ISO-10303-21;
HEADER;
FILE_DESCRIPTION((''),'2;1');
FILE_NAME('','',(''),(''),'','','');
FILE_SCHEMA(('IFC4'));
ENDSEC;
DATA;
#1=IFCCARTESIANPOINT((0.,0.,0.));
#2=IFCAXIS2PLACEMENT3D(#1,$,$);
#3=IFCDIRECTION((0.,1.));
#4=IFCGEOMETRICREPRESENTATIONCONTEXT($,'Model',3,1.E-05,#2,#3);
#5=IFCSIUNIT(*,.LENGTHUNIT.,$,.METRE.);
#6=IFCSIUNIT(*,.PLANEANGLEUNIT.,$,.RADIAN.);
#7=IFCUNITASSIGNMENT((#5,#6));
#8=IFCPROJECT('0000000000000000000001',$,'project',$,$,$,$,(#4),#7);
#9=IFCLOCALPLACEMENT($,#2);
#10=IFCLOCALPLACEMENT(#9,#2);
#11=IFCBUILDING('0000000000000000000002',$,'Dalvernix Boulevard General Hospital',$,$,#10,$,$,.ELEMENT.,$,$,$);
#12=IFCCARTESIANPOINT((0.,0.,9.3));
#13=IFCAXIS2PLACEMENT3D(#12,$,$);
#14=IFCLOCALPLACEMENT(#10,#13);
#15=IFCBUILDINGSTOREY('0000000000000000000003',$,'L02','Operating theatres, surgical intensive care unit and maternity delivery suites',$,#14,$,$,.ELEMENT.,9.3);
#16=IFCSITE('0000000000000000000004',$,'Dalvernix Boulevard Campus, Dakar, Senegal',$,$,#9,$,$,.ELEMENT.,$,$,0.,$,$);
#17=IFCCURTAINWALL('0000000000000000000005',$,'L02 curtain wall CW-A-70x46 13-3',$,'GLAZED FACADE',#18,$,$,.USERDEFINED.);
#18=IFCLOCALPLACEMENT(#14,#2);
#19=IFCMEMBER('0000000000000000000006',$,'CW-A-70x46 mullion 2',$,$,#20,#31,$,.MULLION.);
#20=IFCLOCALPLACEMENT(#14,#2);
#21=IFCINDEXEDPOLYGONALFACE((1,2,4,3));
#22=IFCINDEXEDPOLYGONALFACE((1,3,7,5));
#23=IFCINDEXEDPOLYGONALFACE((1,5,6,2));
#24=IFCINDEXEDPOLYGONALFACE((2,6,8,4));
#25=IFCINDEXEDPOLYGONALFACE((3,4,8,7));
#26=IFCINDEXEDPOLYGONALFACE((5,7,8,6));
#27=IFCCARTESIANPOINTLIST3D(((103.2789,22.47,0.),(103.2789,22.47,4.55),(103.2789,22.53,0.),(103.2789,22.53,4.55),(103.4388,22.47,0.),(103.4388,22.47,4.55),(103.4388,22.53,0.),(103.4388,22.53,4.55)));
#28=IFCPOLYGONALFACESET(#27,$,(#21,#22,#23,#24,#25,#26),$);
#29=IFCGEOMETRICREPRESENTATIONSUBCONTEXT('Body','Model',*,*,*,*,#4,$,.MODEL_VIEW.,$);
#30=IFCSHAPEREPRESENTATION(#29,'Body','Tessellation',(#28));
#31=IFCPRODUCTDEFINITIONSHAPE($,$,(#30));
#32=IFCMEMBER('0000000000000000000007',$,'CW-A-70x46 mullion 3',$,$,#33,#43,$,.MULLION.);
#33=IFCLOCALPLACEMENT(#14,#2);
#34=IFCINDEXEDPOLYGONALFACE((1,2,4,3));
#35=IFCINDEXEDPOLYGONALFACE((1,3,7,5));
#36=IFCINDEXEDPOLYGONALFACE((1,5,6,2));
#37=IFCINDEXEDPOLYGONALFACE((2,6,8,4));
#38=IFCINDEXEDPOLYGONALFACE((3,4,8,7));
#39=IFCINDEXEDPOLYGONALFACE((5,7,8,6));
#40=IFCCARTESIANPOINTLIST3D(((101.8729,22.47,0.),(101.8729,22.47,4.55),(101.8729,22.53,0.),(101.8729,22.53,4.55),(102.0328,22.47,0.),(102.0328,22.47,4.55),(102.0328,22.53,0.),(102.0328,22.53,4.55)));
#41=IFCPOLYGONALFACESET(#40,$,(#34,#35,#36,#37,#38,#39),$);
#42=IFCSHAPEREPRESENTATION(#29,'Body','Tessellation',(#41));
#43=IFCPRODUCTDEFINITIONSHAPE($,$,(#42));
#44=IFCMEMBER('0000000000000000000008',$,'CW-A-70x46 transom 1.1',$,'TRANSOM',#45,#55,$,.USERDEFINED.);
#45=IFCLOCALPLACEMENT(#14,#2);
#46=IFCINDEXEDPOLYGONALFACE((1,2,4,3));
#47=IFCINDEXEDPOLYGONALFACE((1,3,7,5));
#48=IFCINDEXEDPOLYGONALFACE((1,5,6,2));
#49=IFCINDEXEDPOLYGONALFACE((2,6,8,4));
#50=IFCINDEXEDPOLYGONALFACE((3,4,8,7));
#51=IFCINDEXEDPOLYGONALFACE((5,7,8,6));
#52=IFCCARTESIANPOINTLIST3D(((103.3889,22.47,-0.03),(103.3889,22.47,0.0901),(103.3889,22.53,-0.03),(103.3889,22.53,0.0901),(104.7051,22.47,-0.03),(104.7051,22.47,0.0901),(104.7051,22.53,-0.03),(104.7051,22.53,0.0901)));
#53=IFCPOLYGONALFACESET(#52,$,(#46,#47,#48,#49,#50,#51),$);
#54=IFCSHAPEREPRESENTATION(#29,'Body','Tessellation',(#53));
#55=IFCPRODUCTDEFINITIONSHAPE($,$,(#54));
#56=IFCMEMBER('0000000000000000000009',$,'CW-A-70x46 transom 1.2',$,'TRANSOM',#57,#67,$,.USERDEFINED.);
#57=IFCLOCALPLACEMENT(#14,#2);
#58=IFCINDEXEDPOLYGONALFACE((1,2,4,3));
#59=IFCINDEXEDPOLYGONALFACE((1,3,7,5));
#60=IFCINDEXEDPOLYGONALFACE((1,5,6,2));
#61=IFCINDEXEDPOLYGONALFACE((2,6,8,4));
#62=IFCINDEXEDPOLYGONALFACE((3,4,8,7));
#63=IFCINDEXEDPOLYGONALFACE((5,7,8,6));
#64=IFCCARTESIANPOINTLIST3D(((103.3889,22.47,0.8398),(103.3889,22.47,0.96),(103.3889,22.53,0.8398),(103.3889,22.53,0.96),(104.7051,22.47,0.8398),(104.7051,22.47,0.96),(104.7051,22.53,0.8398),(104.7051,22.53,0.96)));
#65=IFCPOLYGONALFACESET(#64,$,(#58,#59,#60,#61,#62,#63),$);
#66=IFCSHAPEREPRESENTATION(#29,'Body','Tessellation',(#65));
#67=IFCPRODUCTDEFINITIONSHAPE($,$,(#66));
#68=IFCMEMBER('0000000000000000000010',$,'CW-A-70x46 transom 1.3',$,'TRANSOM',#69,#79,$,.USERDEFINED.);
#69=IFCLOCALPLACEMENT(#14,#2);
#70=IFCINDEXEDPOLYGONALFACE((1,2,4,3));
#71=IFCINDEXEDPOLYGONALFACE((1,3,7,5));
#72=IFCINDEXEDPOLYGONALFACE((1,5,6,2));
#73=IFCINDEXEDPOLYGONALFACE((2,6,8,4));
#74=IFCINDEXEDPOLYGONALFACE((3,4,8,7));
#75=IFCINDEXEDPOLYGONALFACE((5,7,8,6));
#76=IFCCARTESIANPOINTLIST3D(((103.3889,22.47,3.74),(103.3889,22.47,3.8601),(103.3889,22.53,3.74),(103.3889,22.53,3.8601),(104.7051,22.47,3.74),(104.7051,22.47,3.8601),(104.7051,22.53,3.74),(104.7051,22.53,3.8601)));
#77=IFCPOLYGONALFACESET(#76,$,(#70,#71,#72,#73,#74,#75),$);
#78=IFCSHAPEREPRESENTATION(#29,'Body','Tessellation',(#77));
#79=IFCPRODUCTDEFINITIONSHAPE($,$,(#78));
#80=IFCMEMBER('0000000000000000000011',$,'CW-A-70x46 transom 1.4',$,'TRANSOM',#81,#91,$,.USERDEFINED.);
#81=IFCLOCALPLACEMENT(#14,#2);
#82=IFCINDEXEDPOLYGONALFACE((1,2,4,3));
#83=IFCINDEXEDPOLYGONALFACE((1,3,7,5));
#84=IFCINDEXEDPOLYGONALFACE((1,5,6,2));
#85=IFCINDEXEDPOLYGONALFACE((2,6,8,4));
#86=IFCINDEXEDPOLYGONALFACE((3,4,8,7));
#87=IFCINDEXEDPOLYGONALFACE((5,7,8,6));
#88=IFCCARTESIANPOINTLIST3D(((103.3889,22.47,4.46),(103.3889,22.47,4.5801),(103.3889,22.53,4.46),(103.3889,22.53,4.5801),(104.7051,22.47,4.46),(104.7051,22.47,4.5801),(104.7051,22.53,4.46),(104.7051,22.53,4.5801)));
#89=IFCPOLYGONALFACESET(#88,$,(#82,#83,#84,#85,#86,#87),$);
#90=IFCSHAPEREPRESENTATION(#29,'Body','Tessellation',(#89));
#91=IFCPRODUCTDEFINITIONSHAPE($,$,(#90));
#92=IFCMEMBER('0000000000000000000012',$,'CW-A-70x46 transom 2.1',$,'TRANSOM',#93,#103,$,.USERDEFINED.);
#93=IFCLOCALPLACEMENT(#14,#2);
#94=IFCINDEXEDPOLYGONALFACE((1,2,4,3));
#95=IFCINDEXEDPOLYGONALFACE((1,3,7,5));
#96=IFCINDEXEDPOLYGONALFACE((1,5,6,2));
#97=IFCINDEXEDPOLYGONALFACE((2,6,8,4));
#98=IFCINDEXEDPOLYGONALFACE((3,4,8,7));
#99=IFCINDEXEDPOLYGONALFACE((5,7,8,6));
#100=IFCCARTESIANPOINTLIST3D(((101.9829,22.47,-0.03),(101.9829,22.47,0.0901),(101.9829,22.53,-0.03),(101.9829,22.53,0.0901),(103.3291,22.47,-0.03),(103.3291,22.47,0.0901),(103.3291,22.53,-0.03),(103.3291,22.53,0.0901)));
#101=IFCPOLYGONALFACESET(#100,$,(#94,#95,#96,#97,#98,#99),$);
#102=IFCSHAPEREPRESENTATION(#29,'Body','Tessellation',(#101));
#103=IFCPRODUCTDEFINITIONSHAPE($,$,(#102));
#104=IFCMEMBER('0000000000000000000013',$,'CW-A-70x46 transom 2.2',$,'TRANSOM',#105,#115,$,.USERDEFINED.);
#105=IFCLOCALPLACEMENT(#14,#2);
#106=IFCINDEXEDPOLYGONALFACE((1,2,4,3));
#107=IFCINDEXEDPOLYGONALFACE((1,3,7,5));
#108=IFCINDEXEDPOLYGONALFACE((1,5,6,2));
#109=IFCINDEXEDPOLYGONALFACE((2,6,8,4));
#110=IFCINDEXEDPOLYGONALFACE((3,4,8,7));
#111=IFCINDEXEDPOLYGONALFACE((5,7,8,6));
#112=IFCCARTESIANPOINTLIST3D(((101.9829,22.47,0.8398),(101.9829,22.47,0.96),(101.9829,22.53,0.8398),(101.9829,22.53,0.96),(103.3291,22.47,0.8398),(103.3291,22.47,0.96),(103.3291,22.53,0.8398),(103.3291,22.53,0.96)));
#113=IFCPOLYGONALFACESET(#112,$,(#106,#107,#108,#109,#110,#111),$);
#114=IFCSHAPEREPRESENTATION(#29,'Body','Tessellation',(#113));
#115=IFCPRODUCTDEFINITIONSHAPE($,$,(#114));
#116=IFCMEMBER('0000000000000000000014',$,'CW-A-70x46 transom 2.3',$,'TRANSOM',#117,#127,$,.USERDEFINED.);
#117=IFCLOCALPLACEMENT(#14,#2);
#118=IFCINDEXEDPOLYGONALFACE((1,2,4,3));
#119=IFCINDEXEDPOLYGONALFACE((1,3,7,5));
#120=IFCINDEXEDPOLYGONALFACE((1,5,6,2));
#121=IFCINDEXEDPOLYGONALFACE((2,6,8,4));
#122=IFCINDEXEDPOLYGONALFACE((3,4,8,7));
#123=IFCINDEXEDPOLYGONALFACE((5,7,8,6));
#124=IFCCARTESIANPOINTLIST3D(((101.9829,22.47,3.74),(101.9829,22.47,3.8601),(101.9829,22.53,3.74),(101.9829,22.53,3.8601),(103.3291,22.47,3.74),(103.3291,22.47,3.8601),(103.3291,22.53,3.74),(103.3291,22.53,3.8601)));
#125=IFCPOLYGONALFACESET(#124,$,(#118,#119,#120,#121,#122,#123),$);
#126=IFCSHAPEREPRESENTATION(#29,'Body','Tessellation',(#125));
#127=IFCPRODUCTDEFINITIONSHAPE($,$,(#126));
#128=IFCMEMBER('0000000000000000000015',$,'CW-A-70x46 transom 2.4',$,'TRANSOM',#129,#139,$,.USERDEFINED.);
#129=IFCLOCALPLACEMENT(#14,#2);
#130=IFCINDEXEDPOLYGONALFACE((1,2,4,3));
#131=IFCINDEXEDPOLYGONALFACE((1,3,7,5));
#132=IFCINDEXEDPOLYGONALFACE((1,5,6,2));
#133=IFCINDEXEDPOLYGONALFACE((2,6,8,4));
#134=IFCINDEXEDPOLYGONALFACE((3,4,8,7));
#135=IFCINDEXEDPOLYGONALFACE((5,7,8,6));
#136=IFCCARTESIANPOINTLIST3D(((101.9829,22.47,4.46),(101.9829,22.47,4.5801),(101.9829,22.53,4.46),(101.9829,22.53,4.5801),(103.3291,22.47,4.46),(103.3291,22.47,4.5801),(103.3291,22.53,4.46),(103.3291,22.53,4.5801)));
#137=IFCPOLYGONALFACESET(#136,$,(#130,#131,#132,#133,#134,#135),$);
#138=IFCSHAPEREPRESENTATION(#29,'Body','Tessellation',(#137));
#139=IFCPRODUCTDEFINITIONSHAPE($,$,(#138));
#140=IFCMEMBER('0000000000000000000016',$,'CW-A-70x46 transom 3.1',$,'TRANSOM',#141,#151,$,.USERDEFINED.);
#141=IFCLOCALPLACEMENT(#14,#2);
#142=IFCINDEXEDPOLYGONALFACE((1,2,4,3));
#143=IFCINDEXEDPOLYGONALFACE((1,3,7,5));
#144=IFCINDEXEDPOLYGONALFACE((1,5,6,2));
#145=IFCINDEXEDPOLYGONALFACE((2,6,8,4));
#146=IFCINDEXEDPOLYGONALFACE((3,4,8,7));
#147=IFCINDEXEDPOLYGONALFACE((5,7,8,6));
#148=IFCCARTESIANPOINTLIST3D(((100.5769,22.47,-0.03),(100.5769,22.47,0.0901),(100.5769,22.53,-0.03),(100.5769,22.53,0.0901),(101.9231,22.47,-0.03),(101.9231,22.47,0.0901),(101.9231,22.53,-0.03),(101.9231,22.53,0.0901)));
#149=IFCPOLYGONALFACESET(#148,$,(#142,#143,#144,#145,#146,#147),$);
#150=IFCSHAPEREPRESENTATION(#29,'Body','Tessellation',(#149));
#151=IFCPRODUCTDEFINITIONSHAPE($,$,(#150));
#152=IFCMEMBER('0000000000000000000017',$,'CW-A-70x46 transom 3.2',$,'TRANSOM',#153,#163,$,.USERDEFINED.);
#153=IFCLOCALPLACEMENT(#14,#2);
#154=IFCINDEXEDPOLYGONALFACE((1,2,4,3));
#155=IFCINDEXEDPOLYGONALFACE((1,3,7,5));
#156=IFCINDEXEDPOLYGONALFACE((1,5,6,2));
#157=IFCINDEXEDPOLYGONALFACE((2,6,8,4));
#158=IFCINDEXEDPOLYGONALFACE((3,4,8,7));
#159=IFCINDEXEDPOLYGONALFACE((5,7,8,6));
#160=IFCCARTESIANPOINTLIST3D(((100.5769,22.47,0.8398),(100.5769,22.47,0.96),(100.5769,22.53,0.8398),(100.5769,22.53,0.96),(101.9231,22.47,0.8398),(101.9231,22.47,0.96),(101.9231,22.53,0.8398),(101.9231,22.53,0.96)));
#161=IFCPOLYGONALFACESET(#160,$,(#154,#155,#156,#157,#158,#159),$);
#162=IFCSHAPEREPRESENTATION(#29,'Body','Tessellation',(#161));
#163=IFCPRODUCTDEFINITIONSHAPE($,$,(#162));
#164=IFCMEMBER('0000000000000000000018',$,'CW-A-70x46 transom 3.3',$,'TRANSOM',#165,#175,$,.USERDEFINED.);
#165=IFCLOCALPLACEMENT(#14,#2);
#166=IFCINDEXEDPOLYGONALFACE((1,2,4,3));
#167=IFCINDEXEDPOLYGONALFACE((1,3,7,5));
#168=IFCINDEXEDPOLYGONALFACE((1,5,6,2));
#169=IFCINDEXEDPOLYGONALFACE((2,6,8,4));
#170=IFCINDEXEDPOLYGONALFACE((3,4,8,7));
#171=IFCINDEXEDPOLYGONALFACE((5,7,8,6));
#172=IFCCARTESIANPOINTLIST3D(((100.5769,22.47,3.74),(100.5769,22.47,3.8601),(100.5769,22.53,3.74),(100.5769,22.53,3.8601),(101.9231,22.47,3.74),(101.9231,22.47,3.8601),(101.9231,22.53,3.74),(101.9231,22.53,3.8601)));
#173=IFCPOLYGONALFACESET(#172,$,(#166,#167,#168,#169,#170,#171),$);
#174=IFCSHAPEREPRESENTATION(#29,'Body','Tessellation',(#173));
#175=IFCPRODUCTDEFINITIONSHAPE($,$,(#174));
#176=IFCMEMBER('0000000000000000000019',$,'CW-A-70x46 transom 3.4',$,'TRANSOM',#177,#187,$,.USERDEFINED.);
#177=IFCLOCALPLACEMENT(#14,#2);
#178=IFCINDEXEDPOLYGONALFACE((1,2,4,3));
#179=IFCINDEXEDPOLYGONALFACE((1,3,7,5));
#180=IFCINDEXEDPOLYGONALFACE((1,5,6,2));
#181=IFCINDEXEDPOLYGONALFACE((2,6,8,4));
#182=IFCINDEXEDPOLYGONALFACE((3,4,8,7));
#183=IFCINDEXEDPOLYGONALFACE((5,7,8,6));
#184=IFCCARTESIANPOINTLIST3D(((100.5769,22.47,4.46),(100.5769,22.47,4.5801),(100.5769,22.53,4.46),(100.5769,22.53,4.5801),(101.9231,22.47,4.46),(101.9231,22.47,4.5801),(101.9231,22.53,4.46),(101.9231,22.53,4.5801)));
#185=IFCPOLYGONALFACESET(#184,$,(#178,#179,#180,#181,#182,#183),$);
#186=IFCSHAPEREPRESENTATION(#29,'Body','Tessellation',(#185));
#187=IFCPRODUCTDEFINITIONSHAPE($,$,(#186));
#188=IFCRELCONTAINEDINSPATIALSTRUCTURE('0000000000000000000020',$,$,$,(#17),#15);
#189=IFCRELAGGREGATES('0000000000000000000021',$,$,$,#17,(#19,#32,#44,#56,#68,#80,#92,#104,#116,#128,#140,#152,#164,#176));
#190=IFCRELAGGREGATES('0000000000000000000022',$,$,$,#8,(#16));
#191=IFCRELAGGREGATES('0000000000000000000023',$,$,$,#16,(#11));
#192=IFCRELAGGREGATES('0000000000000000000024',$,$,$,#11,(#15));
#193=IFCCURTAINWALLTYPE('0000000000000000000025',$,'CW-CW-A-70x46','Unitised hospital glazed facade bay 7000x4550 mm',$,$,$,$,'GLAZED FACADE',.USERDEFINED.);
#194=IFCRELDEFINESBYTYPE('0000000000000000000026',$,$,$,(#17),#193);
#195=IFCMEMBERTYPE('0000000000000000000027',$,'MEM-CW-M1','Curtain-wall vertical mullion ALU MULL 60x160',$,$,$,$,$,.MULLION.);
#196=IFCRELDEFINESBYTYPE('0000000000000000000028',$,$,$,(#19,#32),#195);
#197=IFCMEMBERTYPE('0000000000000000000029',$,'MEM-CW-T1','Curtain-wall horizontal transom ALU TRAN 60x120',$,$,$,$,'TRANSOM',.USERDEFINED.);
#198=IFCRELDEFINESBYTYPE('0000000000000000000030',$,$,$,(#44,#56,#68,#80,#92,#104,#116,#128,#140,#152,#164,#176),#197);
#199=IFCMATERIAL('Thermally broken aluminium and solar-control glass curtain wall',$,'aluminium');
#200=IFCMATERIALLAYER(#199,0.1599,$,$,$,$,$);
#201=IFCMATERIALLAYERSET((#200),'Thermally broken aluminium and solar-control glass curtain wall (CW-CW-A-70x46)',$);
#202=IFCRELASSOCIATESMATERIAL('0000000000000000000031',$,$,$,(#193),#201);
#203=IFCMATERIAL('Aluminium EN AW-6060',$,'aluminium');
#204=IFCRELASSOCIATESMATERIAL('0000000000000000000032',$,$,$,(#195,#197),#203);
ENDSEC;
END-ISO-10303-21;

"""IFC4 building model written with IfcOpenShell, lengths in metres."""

from ifc_helpers import new_model, si_unit, direction, frame, origin, origin_2d, place, context, subcontext, project, spatial, rectangle, extrude, material, layer, layer_set, material_profile, profile_set, type_object, element, aggregate, save


model = new_model("IFC4")

# Units and contexts
model_context = context("Model", 3, precision=1e-05, world=origin(), true_north=direction((0.0, 1.0)))
body_context = subcontext(model_context, "Body", "Model", "MODEL_VIEW")
ifc_project = project(units=[si_unit("LENGTHUNIT", "METRE"), si_unit("PLANEANGLEUNIT", "RADIAN")], contexts=[model_context])

# Site, building, storey
site_placement = place(None, origin())
site = spatial("IfcSite", under=ifc_project, at=site_placement, Name="Dalvernix Boulevard Campus, Dakar, Senegal", CompositionType="ELEMENT", RefElevation=0.0)
building_placement = place(site_placement, origin())
building = spatial("IfcBuilding", under=site, at=building_placement, Name="Dalvernix Boulevard General Hospital", CompositionType="ELEMENT")
storey_placement = place(building_placement, frame((0.0, 0.0, 9.3)))
storey = spatial("IfcBuildingStorey", under=building, at=storey_placement, Name="L02", Description="Operating theatres, surgical intensive care unit and maternity delivery suites", CompositionType="ELEMENT", Elevation=9.3)

# Curtain wall, members
ifc_material_1 = material(Name="Thermally broken aluminium and solar-control glass curtain wall", Category="aluminium")
ifc_layer_1 = layer(ifc_material_1, 0.1599)
ifc_layer_set_1 = layer_set([ifc_layer_1], Name="Thermally broken aluminium and solar-control glass curtain wall (CW-CW-A-70x46)")
curtain_wall_type = type_object("IfcCurtainWallType", Name="CW-CW-A-70x46", Description="Unitised hospital glazed facade bay 7000x4550 mm", ElementType="GLAZED FACADE", PredefinedType="USERDEFINED", material=ifc_layer_set_1)
curtain_wall_placement = place(storey_placement, origin())
curtain_wall = element("IfcCurtainWall", 1, at=curtain_wall_placement, inside=storey, type_object=curtain_wall_type, Name="L02 curtain wall CW-A-70x46 13-3", ObjectType="GLAZED FACADE", PredefinedType="USERDEFINED")
ifc_material_2 = material(Name="Aluminium EN AW-6060", Category="aluminium")
ifc_material_profile_1 = material_profile(ifc_material_2, rectangle(XDim=0.0601, YDim=0.1599, at=origin_2d()), Name="ALU MULL 60x160")
ifc_profile_set_1 = profile_set([ifc_material_profile_1], Name="Aluminium EN AW-6060")
member_type_1 = type_object("IfcMemberType", Name="MEM-CW-M1", Description="Curtain-wall vertical mullion ALU MULL 60x160", PredefinedType="MULLION", material=ifc_profile_set_1)
member_1_placement = place(storey_placement, frame((103.3589, 22.5, 0.0), z_axis=(0.0, 0.0, 1.0), x_axis=(0.0, -1.0, 0.0)))
member_1 = element("IfcMember", 2, at=member_1_placement, type_object=member_type_1, Name="CW-A-70x46 mullion 2", PredefinedType="MULLION", context=body_context, shape_type="SweptSolid", body=[
    extrude(rectangle(XDim=0.0601, YDim=0.1599, at=origin_2d()), origin(), (0.0, 0.0, 1.0), 4.55),
])
member_2_placement = place(storey_placement, frame((101.9529, 22.5, 0.0), z_axis=(0.0, 0.0, 1.0), x_axis=(0.0, -1.0, 0.0)))
member_2 = element("IfcMember", 3, at=member_2_placement, type_object=member_type_1, Name="CW-A-70x46 mullion 3", PredefinedType="MULLION", context=body_context, shape_type="SweptSolid", body=[
    extrude(rectangle(XDim=0.0601, YDim=0.1599, at=origin_2d()), origin(), (0.0, 0.0, 1.0), 4.55),
])
ifc_material_profile_2 = material_profile(ifc_material_2, rectangle(XDim=0.0601, YDim=0.1201, at=origin_2d()), Name="ALU TRAN 60x120")
ifc_profile_set_2 = profile_set([ifc_material_profile_2], Name="Aluminium EN AW-6060")
member_type_2 = type_object("IfcMemberType", Name="MEM-CW-T1", Description="Curtain-wall horizontal transom ALU TRAN 60x120", ElementType="TRANSOM", PredefinedType="USERDEFINED", material=ifc_profile_set_2)
member_3_placement = place(storey_placement, frame((104.7051, 22.5, 0.03), z_axis=(-1.0, 0.0, 0.0), x_axis=(0.0, -1.0, 0.0)))
member_3 = element("IfcMember", 4, at=member_3_placement, type_object=member_type_2, Name="CW-A-70x46 transom 1.1", ObjectType="TRANSOM", PredefinedType="USERDEFINED", context=body_context, shape_type="SweptSolid", body=[
    extrude(rectangle(XDim=0.0601, YDim=0.1201, at=origin_2d()), origin(), (0.0, 0.0, 1.0), 1.3162),
])
member_4_placement = place(storey_placement, frame((104.7051, 22.5, 0.8999), z_axis=(-1.0, 0.0, 0.0), x_axis=(0.0, -1.0, 0.0)))
member_4 = element("IfcMember", 5, at=member_4_placement, type_object=member_type_2, Name="CW-A-70x46 transom 1.2", ObjectType="TRANSOM", PredefinedType="USERDEFINED", context=body_context, shape_type="SweptSolid", body=[
    extrude(rectangle(XDim=0.0601, YDim=0.1201, at=origin_2d()), origin(), (0.0, 0.0, 1.0), 1.3162),
])
member_5_placement = place(storey_placement, frame((104.7051, 22.5, 3.8), z_axis=(-1.0, 0.0, 0.0), x_axis=(0.0, -1.0, 0.0)))
member_5 = element("IfcMember", 6, at=member_5_placement, type_object=member_type_2, Name="CW-A-70x46 transom 1.3", ObjectType="TRANSOM", PredefinedType="USERDEFINED", context=body_context, shape_type="SweptSolid", body=[
    extrude(rectangle(XDim=0.0601, YDim=0.1201, at=origin_2d()), origin(), (0.0, 0.0, 1.0), 1.3162),
])
member_6_placement = place(storey_placement, frame((104.7051, 22.5, 4.52), z_axis=(-1.0, 0.0, 0.0), x_axis=(0.0, -1.0, 0.0)))
member_6 = element("IfcMember", 7, at=member_6_placement, type_object=member_type_2, Name="CW-A-70x46 transom 1.4", ObjectType="TRANSOM", PredefinedType="USERDEFINED", context=body_context, shape_type="SweptSolid", body=[
    extrude(rectangle(XDim=0.0601, YDim=0.1201, at=origin_2d()), origin(), (0.0, 0.0, 1.0), 1.3162),
])
member_7_placement = place(storey_placement, frame((103.3291, 22.5, 0.03), z_axis=(-1.0, 0.0, 0.0), x_axis=(0.0, -1.0, 0.0)))
member_7 = element("IfcMember", 8, at=member_7_placement, type_object=member_type_2, Name="CW-A-70x46 transom 2.1", ObjectType="TRANSOM", PredefinedType="USERDEFINED", context=body_context, shape_type="SweptSolid", body=[
    extrude(rectangle(XDim=0.0601, YDim=0.1201, at=origin_2d()), origin(), (0.0, 0.0, 1.0), 1.3462),
])
member_8_placement = place(storey_placement, frame((103.3291, 22.5, 0.8999), z_axis=(-1.0, 0.0, 0.0), x_axis=(0.0, -1.0, 0.0)))
member_8 = element("IfcMember", 9, at=member_8_placement, type_object=member_type_2, Name="CW-A-70x46 transom 2.2", ObjectType="TRANSOM", PredefinedType="USERDEFINED", context=body_context, shape_type="SweptSolid", body=[
    extrude(rectangle(XDim=0.0601, YDim=0.1201, at=origin_2d()), origin(), (0.0, 0.0, 1.0), 1.3462),
])
member_9_placement = place(storey_placement, frame((103.3291, 22.5, 3.8), z_axis=(-1.0, 0.0, 0.0), x_axis=(0.0, -1.0, 0.0)))
member_9 = element("IfcMember", 10, at=member_9_placement, type_object=member_type_2, Name="CW-A-70x46 transom 2.3", ObjectType="TRANSOM", PredefinedType="USERDEFINED", context=body_context, shape_type="SweptSolid", body=[
    extrude(rectangle(XDim=0.0601, YDim=0.1201, at=origin_2d()), origin(), (0.0, 0.0, 1.0), 1.3462),
])
member_10_placement = place(storey_placement, frame((103.3291, 22.5, 4.52), z_axis=(-1.0, 0.0, 0.0), x_axis=(0.0, -1.0, 0.0)))
member_10 = element("IfcMember", 11, at=member_10_placement, type_object=member_type_2, Name="CW-A-70x46 transom 2.4", ObjectType="TRANSOM", PredefinedType="USERDEFINED", context=body_context, shape_type="SweptSolid", body=[
    extrude(rectangle(XDim=0.0601, YDim=0.1201, at=origin_2d()), origin(), (0.0, 0.0, 1.0), 1.3462),
])
member_11_placement = place(storey_placement, frame((101.9231, 22.5, 0.03), z_axis=(-1.0, 0.0, 0.0), x_axis=(0.0, -1.0, 0.0)))
member_11 = element("IfcMember", 12, at=member_11_placement, type_object=member_type_2, Name="CW-A-70x46 transom 3.1", ObjectType="TRANSOM", PredefinedType="USERDEFINED", context=body_context, shape_type="SweptSolid", body=[
    extrude(rectangle(XDim=0.0601, YDim=0.1201, at=origin_2d()), origin(), (0.0, 0.0, 1.0), 1.3462),
])
member_12_placement = place(storey_placement, frame((101.9231, 22.5, 0.8999), z_axis=(-1.0, 0.0, 0.0), x_axis=(0.0, -1.0, 0.0)))
member_12 = element("IfcMember", 13, at=member_12_placement, type_object=member_type_2, Name="CW-A-70x46 transom 3.2", ObjectType="TRANSOM", PredefinedType="USERDEFINED", context=body_context, shape_type="SweptSolid", body=[
    extrude(rectangle(XDim=0.0601, YDim=0.1201, at=origin_2d()), origin(), (0.0, 0.0, 1.0), 1.3462),
])
member_13_placement = place(storey_placement, frame((101.9231, 22.5, 3.8), z_axis=(-1.0, 0.0, 0.0), x_axis=(0.0, -1.0, 0.0)))
member_13 = element("IfcMember", 14, at=member_13_placement, type_object=member_type_2, Name="CW-A-70x46 transom 3.3", ObjectType="TRANSOM", PredefinedType="USERDEFINED", context=body_context, shape_type="SweptSolid", body=[
    extrude(rectangle(XDim=0.0601, YDim=0.1201, at=origin_2d()), origin(), (0.0, 0.0, 1.0), 1.3462),
])
member_14_placement = place(storey_placement, frame((101.9231, 22.5, 4.52), z_axis=(-1.0, 0.0, 0.0), x_axis=(0.0, -1.0, 0.0)))
member_14 = element("IfcMember", 15, at=member_14_placement, type_object=member_type_2, Name="CW-A-70x46 transom 3.4", ObjectType="TRANSOM", PredefinedType="USERDEFINED", context=body_context, shape_type="SweptSolid", body=[
    extrude(rectangle(XDim=0.0601, YDim=0.1201, at=origin_2d()), origin(), (0.0, 0.0, 1.0), 1.3462),
])
aggregate(curtain_wall, [member_1, member_2, member_3, member_4, member_5, member_6, member_7, member_8, member_9, member_10, member_11, member_12, member_13, member_14])

save(model, "model.ifc")
